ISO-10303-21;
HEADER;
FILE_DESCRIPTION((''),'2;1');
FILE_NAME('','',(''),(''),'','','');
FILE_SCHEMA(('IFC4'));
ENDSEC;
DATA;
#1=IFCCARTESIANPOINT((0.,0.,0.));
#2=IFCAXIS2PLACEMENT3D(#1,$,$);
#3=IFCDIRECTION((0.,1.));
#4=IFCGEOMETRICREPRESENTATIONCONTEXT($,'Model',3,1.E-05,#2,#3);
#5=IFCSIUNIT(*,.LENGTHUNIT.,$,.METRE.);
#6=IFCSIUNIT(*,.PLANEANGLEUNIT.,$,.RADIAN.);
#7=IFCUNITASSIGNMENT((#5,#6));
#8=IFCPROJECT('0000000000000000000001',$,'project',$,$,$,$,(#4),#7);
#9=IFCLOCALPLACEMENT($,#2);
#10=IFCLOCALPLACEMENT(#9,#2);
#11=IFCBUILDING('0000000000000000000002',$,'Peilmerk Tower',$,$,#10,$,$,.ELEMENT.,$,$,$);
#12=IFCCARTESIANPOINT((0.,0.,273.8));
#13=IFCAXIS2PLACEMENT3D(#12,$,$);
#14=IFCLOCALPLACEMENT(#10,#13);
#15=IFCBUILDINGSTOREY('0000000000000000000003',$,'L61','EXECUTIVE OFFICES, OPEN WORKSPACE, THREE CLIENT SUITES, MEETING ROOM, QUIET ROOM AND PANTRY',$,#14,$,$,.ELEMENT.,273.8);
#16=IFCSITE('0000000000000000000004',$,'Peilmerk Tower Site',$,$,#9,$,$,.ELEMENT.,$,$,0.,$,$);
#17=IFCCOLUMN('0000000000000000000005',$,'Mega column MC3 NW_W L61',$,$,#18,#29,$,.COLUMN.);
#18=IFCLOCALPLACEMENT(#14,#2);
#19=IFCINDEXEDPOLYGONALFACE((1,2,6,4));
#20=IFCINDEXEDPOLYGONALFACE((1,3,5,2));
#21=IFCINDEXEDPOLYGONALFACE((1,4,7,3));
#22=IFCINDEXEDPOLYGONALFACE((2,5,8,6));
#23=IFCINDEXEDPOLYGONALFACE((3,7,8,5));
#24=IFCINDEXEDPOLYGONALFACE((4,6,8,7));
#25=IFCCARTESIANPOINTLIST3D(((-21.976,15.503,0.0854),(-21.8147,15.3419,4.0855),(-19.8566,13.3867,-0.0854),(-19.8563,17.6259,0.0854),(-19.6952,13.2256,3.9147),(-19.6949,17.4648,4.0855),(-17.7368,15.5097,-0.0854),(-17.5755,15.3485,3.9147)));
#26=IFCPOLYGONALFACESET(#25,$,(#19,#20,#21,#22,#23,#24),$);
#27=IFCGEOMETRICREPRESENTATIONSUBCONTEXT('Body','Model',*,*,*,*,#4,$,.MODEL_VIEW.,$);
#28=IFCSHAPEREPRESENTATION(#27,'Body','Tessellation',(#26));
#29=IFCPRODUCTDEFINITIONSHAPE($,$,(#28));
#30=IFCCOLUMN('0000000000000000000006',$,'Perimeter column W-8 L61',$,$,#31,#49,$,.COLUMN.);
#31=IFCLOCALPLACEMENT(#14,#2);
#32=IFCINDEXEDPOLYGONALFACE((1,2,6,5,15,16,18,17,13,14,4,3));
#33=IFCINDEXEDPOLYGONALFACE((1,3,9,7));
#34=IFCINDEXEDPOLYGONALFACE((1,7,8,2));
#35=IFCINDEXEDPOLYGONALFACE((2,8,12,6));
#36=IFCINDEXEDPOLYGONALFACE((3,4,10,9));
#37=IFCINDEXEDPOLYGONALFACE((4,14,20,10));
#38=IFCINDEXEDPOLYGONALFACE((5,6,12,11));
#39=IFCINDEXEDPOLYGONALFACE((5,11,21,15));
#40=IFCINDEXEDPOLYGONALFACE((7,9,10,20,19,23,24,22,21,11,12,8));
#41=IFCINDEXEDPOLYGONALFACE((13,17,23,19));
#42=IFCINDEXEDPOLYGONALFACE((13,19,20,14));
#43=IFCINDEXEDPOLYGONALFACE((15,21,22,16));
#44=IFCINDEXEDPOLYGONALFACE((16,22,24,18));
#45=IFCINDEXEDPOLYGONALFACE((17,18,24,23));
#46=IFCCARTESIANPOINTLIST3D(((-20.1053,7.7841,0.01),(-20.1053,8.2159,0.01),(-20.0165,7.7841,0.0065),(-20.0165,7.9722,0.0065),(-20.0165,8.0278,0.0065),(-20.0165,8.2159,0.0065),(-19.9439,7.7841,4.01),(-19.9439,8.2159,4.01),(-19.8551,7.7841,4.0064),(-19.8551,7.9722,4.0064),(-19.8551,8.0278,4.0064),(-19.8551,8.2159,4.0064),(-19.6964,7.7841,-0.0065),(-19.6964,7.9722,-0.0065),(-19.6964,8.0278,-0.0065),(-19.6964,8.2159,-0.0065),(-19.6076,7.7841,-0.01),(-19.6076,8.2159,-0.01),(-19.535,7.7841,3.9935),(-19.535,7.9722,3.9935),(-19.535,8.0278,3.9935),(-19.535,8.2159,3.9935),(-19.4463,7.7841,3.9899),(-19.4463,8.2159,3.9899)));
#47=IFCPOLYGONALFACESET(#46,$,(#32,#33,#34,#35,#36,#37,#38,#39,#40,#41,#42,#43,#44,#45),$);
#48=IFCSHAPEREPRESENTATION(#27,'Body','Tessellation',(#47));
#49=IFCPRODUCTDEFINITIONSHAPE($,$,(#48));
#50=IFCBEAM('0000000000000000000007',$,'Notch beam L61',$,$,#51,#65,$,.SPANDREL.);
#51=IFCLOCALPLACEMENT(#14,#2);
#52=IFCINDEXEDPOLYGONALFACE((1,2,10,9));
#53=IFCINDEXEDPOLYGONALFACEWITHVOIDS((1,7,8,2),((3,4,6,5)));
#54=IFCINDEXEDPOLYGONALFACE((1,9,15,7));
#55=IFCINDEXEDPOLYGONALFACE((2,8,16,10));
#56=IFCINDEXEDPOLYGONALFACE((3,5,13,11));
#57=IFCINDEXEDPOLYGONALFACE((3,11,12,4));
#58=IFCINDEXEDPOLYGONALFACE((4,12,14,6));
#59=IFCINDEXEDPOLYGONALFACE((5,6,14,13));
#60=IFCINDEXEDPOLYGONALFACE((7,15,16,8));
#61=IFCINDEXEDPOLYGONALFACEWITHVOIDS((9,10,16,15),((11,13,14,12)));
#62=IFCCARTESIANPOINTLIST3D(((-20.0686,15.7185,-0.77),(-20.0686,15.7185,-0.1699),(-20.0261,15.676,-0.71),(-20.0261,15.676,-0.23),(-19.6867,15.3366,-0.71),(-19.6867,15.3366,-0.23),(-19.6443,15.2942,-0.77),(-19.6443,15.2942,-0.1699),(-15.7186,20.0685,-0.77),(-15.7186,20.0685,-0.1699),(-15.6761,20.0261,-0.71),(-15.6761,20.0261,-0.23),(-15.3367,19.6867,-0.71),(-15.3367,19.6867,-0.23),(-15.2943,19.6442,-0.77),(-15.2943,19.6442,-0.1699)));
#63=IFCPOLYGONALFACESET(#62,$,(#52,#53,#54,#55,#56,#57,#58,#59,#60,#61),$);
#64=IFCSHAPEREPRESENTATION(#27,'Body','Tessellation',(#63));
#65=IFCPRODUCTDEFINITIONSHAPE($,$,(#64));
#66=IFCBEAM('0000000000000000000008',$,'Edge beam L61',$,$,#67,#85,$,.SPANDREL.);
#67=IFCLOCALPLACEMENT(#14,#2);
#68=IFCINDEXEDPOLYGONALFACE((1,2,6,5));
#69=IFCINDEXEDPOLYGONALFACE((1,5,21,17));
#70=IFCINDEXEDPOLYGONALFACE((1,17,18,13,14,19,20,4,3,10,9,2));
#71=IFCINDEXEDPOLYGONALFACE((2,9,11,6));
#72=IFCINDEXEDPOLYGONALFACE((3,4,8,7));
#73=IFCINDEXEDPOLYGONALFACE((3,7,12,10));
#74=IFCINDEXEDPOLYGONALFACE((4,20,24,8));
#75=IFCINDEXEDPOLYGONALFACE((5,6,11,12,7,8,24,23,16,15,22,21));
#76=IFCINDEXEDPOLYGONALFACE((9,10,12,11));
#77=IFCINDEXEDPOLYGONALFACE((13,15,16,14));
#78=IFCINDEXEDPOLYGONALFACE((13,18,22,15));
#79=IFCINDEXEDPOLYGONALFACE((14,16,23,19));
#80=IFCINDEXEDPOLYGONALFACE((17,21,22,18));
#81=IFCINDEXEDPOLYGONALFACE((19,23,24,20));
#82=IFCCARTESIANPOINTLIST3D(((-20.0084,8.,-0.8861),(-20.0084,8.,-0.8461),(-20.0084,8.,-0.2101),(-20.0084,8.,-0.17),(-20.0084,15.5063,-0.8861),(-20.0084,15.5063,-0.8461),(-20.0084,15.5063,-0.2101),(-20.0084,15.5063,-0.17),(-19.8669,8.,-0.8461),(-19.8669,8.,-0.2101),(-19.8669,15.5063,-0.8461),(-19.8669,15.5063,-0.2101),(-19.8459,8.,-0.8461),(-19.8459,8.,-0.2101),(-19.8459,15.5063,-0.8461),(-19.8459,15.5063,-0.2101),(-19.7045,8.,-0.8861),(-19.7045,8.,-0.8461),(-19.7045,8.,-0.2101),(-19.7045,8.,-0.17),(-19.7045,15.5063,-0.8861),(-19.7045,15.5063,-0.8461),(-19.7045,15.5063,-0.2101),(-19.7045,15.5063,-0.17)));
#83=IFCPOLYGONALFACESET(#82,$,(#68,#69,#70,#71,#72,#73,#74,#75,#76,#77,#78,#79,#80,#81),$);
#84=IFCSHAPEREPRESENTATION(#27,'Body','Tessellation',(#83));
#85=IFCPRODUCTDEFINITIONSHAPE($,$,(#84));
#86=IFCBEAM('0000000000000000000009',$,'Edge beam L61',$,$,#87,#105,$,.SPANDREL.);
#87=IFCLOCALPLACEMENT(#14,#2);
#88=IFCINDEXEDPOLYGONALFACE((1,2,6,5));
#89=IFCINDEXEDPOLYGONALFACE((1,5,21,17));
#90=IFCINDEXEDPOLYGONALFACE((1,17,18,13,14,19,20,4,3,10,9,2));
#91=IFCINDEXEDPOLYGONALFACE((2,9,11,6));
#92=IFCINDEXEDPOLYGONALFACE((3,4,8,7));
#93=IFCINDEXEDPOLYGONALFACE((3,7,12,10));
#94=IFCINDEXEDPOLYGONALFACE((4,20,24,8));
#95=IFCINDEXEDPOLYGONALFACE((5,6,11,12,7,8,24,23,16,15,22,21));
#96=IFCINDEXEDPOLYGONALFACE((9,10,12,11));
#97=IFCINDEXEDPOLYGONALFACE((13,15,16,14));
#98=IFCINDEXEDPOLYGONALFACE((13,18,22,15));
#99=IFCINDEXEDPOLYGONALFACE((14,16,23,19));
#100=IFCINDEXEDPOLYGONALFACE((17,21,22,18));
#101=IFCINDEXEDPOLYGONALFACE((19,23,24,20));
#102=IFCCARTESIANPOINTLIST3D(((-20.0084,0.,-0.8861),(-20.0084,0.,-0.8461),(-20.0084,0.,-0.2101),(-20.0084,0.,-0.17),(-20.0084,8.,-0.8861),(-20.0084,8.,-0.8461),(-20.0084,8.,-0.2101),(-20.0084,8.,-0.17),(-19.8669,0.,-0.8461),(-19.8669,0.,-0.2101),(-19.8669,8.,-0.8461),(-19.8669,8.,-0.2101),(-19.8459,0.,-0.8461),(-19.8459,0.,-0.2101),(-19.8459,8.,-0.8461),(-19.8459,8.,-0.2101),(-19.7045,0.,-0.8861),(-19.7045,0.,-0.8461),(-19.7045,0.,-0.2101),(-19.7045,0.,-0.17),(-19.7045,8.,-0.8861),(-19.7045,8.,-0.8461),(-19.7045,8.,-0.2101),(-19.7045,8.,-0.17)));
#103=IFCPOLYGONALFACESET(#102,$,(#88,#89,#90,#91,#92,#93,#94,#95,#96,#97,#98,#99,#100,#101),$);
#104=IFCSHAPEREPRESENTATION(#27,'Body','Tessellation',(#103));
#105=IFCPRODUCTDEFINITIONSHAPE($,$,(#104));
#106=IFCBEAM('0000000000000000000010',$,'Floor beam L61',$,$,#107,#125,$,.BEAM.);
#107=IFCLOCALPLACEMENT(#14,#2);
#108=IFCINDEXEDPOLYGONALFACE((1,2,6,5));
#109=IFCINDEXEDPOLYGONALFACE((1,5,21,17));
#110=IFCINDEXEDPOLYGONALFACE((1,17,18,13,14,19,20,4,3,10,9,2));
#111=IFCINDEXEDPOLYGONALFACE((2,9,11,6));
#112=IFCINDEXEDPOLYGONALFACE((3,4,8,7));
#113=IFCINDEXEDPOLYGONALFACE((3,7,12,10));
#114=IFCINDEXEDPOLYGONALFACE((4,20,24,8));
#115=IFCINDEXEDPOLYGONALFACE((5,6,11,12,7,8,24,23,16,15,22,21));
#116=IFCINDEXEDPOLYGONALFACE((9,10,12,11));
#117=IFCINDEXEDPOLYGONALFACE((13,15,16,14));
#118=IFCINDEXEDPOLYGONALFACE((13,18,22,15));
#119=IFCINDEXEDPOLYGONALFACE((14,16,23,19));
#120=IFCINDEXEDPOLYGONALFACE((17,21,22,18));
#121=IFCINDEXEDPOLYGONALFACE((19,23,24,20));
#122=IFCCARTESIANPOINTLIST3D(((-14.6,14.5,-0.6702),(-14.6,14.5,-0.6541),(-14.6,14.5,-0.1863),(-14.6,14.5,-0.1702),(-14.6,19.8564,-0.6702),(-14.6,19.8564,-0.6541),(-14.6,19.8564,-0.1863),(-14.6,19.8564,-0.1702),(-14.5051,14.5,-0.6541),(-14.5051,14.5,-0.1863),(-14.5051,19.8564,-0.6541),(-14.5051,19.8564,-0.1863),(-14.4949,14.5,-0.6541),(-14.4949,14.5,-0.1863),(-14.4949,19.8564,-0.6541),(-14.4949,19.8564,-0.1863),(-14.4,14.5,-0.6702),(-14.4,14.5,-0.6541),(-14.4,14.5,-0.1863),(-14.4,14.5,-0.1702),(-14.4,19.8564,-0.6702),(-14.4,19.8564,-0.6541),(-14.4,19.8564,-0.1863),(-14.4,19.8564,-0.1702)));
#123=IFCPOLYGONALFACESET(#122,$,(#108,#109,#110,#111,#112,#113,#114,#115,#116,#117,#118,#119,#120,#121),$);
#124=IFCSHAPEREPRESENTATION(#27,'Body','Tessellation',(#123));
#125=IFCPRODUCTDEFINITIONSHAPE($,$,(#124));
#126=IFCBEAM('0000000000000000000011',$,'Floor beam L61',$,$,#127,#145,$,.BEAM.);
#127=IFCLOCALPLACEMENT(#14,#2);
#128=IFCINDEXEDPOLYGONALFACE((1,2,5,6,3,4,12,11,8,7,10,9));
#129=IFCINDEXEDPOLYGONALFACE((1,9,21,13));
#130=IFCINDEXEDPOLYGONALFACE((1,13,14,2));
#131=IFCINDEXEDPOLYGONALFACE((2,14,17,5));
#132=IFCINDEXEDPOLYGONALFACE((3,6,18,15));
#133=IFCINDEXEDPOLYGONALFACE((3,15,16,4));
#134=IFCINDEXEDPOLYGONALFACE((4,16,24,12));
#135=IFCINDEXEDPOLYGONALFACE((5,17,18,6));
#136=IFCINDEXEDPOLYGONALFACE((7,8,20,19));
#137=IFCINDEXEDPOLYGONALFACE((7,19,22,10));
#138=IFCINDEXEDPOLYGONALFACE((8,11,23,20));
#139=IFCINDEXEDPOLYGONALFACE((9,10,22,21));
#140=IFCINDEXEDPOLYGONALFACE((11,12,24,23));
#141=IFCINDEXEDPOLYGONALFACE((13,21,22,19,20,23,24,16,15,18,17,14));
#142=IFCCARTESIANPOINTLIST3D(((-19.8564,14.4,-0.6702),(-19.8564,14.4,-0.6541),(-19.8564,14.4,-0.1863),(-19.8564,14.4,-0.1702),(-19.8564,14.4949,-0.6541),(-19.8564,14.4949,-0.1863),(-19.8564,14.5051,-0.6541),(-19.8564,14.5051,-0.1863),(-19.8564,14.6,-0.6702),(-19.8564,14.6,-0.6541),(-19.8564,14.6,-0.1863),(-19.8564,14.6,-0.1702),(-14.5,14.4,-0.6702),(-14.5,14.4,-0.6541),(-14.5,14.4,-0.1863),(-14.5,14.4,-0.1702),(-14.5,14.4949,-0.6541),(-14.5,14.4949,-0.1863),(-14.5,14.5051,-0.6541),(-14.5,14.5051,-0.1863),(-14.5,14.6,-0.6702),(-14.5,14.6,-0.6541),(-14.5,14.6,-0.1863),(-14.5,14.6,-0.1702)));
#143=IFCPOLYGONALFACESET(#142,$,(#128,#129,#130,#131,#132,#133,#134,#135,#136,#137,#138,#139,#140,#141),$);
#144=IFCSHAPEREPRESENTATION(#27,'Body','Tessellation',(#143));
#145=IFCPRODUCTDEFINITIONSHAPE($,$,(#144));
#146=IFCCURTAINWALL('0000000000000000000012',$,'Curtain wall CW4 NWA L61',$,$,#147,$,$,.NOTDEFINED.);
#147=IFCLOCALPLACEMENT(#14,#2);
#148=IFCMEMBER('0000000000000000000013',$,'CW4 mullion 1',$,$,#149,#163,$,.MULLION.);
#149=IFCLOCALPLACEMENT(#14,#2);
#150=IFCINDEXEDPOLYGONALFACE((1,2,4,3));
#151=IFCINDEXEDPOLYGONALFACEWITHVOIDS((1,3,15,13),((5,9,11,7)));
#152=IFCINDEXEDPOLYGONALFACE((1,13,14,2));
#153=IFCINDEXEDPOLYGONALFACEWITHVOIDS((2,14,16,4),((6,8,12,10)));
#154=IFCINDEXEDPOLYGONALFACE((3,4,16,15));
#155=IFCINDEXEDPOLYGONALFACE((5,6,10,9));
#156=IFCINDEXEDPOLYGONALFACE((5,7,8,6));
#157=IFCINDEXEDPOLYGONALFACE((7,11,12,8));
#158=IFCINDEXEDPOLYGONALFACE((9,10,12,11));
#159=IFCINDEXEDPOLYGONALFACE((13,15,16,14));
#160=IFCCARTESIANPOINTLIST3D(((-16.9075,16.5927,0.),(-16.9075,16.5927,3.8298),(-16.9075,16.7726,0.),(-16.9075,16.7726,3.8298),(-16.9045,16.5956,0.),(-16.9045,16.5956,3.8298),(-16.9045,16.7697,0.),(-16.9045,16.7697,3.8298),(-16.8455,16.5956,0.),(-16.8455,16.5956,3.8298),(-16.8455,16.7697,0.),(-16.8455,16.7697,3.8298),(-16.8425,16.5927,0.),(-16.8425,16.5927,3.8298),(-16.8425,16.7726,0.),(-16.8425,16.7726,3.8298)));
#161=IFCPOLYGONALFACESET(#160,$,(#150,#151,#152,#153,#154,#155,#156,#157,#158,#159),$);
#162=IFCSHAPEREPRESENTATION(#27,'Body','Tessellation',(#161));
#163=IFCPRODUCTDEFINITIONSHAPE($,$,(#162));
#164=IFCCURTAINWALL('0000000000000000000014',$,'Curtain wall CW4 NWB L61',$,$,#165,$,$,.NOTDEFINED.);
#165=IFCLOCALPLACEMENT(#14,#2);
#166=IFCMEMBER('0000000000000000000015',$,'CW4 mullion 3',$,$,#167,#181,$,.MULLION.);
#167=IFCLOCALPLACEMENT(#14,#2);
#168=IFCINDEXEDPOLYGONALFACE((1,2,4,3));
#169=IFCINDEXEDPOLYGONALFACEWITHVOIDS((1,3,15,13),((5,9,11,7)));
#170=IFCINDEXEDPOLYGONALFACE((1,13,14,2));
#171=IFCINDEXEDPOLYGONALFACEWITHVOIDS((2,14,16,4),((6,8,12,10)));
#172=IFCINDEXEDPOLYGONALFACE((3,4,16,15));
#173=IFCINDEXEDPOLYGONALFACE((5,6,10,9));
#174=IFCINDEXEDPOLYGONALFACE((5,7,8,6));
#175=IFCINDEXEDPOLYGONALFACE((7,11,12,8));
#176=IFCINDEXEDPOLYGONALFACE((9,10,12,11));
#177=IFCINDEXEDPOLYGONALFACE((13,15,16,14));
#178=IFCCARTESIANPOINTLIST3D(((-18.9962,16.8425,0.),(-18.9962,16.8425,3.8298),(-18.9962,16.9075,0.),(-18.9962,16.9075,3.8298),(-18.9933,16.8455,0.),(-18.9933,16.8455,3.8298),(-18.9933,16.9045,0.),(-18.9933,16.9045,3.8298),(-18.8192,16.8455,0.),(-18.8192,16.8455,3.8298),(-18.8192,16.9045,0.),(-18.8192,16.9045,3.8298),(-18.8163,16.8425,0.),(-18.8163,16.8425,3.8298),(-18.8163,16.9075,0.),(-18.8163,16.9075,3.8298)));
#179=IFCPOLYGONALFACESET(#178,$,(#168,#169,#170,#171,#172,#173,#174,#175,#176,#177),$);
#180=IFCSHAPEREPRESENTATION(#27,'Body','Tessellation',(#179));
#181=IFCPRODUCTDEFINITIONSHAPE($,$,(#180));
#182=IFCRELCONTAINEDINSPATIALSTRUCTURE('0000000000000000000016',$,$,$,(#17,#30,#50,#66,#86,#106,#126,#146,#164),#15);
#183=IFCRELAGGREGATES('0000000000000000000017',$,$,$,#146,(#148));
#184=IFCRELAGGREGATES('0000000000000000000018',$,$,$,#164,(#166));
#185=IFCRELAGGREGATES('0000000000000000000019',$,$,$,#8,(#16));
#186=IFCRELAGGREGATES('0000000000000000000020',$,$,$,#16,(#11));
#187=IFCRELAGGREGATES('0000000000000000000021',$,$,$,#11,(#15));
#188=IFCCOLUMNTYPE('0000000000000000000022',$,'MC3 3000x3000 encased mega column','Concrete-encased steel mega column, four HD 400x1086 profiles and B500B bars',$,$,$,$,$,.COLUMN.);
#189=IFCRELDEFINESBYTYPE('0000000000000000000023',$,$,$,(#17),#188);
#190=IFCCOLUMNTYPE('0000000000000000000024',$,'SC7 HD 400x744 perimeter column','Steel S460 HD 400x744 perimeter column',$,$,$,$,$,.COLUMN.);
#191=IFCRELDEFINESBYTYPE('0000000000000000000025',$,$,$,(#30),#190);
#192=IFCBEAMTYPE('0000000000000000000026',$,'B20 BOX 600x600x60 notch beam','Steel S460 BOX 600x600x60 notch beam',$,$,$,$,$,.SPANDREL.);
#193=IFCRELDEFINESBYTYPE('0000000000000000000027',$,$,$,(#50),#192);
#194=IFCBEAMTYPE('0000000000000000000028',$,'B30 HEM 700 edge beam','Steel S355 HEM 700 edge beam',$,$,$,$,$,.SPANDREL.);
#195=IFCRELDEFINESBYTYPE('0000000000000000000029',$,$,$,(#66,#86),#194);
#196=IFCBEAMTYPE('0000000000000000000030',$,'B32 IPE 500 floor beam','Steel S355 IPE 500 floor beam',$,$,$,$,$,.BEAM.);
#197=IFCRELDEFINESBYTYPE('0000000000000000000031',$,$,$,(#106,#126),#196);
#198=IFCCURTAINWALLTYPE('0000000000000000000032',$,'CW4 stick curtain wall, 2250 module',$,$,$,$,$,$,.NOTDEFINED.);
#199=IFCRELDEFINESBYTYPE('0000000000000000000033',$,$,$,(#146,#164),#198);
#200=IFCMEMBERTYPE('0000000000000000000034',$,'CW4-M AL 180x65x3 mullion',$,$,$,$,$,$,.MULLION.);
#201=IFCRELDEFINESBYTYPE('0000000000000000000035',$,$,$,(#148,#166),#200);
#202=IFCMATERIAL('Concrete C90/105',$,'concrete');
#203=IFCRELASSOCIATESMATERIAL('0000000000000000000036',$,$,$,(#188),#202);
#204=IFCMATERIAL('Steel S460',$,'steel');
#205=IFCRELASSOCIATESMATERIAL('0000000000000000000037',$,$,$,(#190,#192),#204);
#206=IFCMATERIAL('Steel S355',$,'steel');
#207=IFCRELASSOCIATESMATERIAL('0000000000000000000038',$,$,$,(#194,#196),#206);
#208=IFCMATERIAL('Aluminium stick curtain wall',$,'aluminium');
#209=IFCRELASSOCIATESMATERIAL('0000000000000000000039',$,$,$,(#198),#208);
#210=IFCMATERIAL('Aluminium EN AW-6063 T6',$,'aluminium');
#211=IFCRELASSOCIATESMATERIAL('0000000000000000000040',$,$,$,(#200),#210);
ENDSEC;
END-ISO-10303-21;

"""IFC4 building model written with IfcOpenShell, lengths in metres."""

from ifc_helpers import new_model, si_unit, direction, frame, origin, origin_2d, place, context, subcontext, project, spatial, rectangle, hollow_rectangle, i_section, extrude, material, material_profile, profile_set, type_object, element, aggregate, save


model = new_model("IFC4")

# Units and contexts
model_context = context("Model", 3, precision=1e-05, world=origin(), true_north=direction((0.0, 1.0)))
body_context = subcontext(model_context, "Body", "Model", "MODEL_VIEW")
ifc_project = project(units=[si_unit("LENGTHUNIT", "METRE"), si_unit("PLANEANGLEUNIT", "RADIAN")], contexts=[model_context])

# Site, building, storey
site_placement = place(None, origin())
site = spatial("IfcSite", under=ifc_project, at=site_placement, Name="Peilmerk Tower Site", CompositionType="ELEMENT", RefElevation=0.0)
building_placement = place(site_placement, origin())
building = spatial("IfcBuilding", under=site, at=building_placement, Name="Peilmerk Tower", CompositionType="ELEMENT")
storey_placement = place(building_placement, frame((0.0, 0.0, 273.8)))
storey = spatial("IfcBuildingStorey", under=building, at=storey_placement, Name="L61", Description="EXECUTIVE OFFICES, OPEN WORKSPACE, THREE CLIENT SUITES, MEETING ROOM, QUIET ROOM AND PANTRY", CompositionType="ELEMENT", Elevation=273.8)

# Columns
ifc_material_1 = material(Name="Concrete C90/105", Category="concrete")
ifc_material_profile_1 = material_profile(ifc_material_1, rectangle(XDim=3.0, YDim=3.0, at=origin_2d()), Name="RC 3000x3000")
ifc_profile_set_1 = profile_set([ifc_material_profile_1], Name="Concrete C90/105")
column_type_1 = type_object("IfcColumnType", Name="MC3 3000x3000 encased mega column", Description="Concrete-encased steel mega column, four HD 400x1086 profiles and B500B bars", PredefinedType="COLUMN", material=ifc_profile_set_1)
column_1_placement = place(storey_placement, frame((-19.8564, 15.5063, 0.0), z_axis=(0.040279, -0.040218, 0.998379), x_axis=(0.706571, 0.707642, 0.0)))
element("IfcColumn", 1, at=column_1_placement, inside=storey, type_object=column_type_1, Name="Mega column MC3 NW_W L61", PredefinedType="COLUMN", context=body_context, shape_type="SweptSolid", body=[
    extrude(rectangle(XDim=3.0, YDim=3.0, at=origin_2d()), origin(), (0.0, 0.0, 1.0), 4.0066),
])
ifc_material_2 = material(Name="Steel S460", Category="steel")
ifc_material_profile_2 = material_profile(ifc_material_2, i_section(OverallWidth=0.4319, OverallDepth=0.498, WebThickness=0.0557, FlangeThickness=0.0889, at=origin_2d()), Name="HD 400x744")
ifc_profile_set_2 = profile_set([ifc_material_profile_2], Name="Steel S460")
column_type_2 = type_object("IfcColumnType", Name="SC7 HD 400x744 perimeter column", Description="Steel S460 HD 400x744 perimeter column", PredefinedType="COLUMN", material=ifc_profile_set_2)
column_2_placement = place(storey_placement, frame((-19.8564, 8.0, 0.0), z_axis=(0.040311, 0.0, 0.999187), x_axis=(0.0, 1.0, 0.0)))
element("IfcColumn", 2, at=column_2_placement, inside=storey, type_object=column_type_2, Name="Perimeter column W-8 L61", PredefinedType="COLUMN", context=body_context, shape_type="SweptSolid", body=[
    extrude(i_section(OverallWidth=0.4319, OverallDepth=0.498, WebThickness=0.0557, FlangeThickness=0.0889, at=origin_2d()), origin(), (0.0, 0.0, 1.0), 4.0032),
])

# Beams
ifc_material_profile_3 = material_profile(ifc_material_2, hollow_rectangle(XDim=0.6001, YDim=0.6001, WallThickness=0.0601, at=origin_2d()), Name="BOX 600x600x60")
ifc_profile_set_3 = profile_set([ifc_material_profile_3], Name="Steel S460")
beam_type_1 = type_object("IfcBeamType", Name="B20 BOX 600x600x60 notch beam", Description="Steel S460 BOX 600x600x60 notch beam", PredefinedType="SPANDREL", material=ifc_profile_set_3)
beam_1_placement = place(storey_placement, frame((-19.8564, 15.5063, -0.47), z_axis=(0.707107, 0.707107, 0.0), x_axis=(-0.707107, 0.707107, 0.0)))
element("IfcBeam", 3, at=beam_1_placement, inside=storey, type_object=beam_type_1, Name="Notch beam L61", PredefinedType="SPANDREL", context=body_context, shape_type="SweptSolid", body=[
    extrude(hollow_rectangle(XDim=0.6001, YDim=0.6001, WallThickness=0.0601, at=origin_2d()), origin(), (0.0, 0.0, 1.0), 6.1519),
])
ifc_material_3 = material(Name="Steel S355", Category="steel")
ifc_material_profile_4 = material_profile(ifc_material_3, i_section(OverallWidth=0.304, OverallDepth=0.7161, WebThickness=0.021, FlangeThickness=0.04, at=origin_2d()), Name="HEM 700")
ifc_profile_set_4 = profile_set([ifc_material_profile_4], Name="Steel S355")
beam_type_2 = type_object("IfcBeamType", Name="B30 HEM 700 edge beam", Description="Steel S355 HEM 700 edge beam", PredefinedType="SPANDREL", material=ifc_profile_set_4)
beam_2_placement = place(storey_placement, frame((-19.8564, 15.5063, -0.5281), z_axis=(0.0, -1.0, 0.0), x_axis=(1.0, 0.0, 0.0)))
element("IfcBeam", 4, at=beam_2_placement, inside=storey, type_object=beam_type_2, Name="Edge beam L61", PredefinedType="SPANDREL", context=body_context, shape_type="SweptSolid", body=[
    extrude(i_section(OverallWidth=0.304, OverallDepth=0.7161, WebThickness=0.021, FlangeThickness=0.04, at=origin_2d()), origin(), (0.0, 0.0, 1.0), 7.5063),
])
beam_3_placement = place(storey_placement, frame((-19.8564, 8.0, -0.5281), z_axis=(0.0, -1.0, 0.0), x_axis=(1.0, 0.0, 0.0)))
element("IfcBeam", 5, at=beam_3_placement, inside=storey, type_object=beam_type_2, Name="Edge beam L61", PredefinedType="SPANDREL", context=body_context, shape_type="SweptSolid", body=[
    extrude(i_section(OverallWidth=0.304, OverallDepth=0.7161, WebThickness=0.021, FlangeThickness=0.04, at=origin_2d()), origin(), (0.0, 0.0, 1.0), 8.0),
])
ifc_material_profile_5 = material_profile(ifc_material_3, i_section(OverallWidth=0.2, OverallDepth=0.5, WebThickness=0.0103, FlangeThickness=0.0161, at=origin_2d()), Name="IPE 500")
ifc_profile_set_5 = profile_set([ifc_material_profile_5], Name="Steel S355")
beam_type_3 = type_object("IfcBeamType", Name="B32 IPE 500 floor beam", Description="Steel S355 IPE 500 floor beam", PredefinedType="BEAM", material=ifc_profile_set_5)
for number, where, z_axis, x_axis, name in (
    (6, (-14.5, 14.5, -0.4202), (0.0, 1.0, 0.0), (-1.0, 0.0, 0.0), "Floor beam L61"),
    (7, (-14.5, 14.5, -0.4202), (-1.0, 0.0, 0.0), (0.0, -1.0, 0.0), "Floor beam L61"),
):
    element("IfcBeam", number, at=place(storey_placement, frame(where, z_axis=z_axis, x_axis=x_axis)), inside=storey, type_object=beam_type_3, Name=name, PredefinedType="BEAM", context=body_context, shape_type="SweptSolid", body=[
        extrude(i_section(OverallWidth=0.2, OverallDepth=0.5, WebThickness=0.0103, FlangeThickness=0.0161, at=origin_2d()), origin(), (0.0, 0.0, 1.0), 5.3564),
    ])

# Curtain walls, members
ifc_material_4 = material(Name="Aluminium stick curtain wall", Category="aluminium")
curtain_wall_type = type_object("IfcCurtainWallType", Name="CW4 stick curtain wall, 2250 module", PredefinedType="NOTDEFINED", material=ifc_material_4)
curtain_wall_1_placement = place(storey_placement, origin())
curtain_wall_1 = element("IfcCurtainWall", 8, at=curtain_wall_1_placement, inside=storey, type_object=curtain_wall_type, Name="Curtain wall CW4 NWA L61", PredefinedType="NOTDEFINED")
ifc_material_5 = material(Name="Aluminium EN AW-6063 T6", Category="aluminium")
ifc_material_profile_6 = material_profile(ifc_material_5, hollow_rectangle(XDim=0.0649, YDim=0.1799, WallThickness=0.0029, at=origin_2d()), Name="AL 180x65x3")
ifc_profile_set_6 = profile_set([ifc_material_profile_6], Name="Aluminium EN AW-6063 T6")
member_type_1 = type_object("IfcMemberType", Name="CW4-M AL 180x65x3 mullion", PredefinedType="MULLION", material=ifc_profile_set_6)
member_1_placement = place(storey_placement, frame((-16.875, 16.6826, 0.0), z_axis=(0.0, 0.0, 1.0), x_axis=(-1.0, 0.0, 0.0)))
member_1 = element("IfcMember", 9, at=member_1_placement, type_object=member_type_1, Name="CW4 mullion 1", PredefinedType="MULLION", context=body_context, shape_type="SweptSolid", body=[
    extrude(hollow_rectangle(XDim=0.0649, YDim=0.1799, WallThickness=0.0029, at=origin_2d()), origin(), (0.0, 0.0, 1.0), 3.8298),
])
curtain_wall_2_placement = place(storey_placement, origin())
curtain_wall_2 = element("IfcCurtainWall", 10, at=curtain_wall_2_placement, inside=storey, type_object=curtain_wall_type, Name="Curtain wall CW4 NWB L61", PredefinedType="NOTDEFINED")
member_2_placement = place(storey_placement, frame((-18.9062, 16.875, 0.0), z_axis=(0.0, 0.0, 1.0), x_axis=(0.0, -1.0, 0.0)))
member_2 = element("IfcMember", 11, at=member_2_placement, type_object=member_type_1, Name="CW4 mullion 3", PredefinedType="MULLION", context=body_context, shape_type="SweptSolid", body=[
    extrude(hollow_rectangle(XDim=0.0649, YDim=0.1799, WallThickness=0.0029, at=origin_2d()), origin(), (0.0, 0.0, 1.0), 3.8298),
])

aggregate(curtain_wall_1, [member_1])

aggregate(curtain_wall_2, [member_2])

save(model, "model.ifc")
